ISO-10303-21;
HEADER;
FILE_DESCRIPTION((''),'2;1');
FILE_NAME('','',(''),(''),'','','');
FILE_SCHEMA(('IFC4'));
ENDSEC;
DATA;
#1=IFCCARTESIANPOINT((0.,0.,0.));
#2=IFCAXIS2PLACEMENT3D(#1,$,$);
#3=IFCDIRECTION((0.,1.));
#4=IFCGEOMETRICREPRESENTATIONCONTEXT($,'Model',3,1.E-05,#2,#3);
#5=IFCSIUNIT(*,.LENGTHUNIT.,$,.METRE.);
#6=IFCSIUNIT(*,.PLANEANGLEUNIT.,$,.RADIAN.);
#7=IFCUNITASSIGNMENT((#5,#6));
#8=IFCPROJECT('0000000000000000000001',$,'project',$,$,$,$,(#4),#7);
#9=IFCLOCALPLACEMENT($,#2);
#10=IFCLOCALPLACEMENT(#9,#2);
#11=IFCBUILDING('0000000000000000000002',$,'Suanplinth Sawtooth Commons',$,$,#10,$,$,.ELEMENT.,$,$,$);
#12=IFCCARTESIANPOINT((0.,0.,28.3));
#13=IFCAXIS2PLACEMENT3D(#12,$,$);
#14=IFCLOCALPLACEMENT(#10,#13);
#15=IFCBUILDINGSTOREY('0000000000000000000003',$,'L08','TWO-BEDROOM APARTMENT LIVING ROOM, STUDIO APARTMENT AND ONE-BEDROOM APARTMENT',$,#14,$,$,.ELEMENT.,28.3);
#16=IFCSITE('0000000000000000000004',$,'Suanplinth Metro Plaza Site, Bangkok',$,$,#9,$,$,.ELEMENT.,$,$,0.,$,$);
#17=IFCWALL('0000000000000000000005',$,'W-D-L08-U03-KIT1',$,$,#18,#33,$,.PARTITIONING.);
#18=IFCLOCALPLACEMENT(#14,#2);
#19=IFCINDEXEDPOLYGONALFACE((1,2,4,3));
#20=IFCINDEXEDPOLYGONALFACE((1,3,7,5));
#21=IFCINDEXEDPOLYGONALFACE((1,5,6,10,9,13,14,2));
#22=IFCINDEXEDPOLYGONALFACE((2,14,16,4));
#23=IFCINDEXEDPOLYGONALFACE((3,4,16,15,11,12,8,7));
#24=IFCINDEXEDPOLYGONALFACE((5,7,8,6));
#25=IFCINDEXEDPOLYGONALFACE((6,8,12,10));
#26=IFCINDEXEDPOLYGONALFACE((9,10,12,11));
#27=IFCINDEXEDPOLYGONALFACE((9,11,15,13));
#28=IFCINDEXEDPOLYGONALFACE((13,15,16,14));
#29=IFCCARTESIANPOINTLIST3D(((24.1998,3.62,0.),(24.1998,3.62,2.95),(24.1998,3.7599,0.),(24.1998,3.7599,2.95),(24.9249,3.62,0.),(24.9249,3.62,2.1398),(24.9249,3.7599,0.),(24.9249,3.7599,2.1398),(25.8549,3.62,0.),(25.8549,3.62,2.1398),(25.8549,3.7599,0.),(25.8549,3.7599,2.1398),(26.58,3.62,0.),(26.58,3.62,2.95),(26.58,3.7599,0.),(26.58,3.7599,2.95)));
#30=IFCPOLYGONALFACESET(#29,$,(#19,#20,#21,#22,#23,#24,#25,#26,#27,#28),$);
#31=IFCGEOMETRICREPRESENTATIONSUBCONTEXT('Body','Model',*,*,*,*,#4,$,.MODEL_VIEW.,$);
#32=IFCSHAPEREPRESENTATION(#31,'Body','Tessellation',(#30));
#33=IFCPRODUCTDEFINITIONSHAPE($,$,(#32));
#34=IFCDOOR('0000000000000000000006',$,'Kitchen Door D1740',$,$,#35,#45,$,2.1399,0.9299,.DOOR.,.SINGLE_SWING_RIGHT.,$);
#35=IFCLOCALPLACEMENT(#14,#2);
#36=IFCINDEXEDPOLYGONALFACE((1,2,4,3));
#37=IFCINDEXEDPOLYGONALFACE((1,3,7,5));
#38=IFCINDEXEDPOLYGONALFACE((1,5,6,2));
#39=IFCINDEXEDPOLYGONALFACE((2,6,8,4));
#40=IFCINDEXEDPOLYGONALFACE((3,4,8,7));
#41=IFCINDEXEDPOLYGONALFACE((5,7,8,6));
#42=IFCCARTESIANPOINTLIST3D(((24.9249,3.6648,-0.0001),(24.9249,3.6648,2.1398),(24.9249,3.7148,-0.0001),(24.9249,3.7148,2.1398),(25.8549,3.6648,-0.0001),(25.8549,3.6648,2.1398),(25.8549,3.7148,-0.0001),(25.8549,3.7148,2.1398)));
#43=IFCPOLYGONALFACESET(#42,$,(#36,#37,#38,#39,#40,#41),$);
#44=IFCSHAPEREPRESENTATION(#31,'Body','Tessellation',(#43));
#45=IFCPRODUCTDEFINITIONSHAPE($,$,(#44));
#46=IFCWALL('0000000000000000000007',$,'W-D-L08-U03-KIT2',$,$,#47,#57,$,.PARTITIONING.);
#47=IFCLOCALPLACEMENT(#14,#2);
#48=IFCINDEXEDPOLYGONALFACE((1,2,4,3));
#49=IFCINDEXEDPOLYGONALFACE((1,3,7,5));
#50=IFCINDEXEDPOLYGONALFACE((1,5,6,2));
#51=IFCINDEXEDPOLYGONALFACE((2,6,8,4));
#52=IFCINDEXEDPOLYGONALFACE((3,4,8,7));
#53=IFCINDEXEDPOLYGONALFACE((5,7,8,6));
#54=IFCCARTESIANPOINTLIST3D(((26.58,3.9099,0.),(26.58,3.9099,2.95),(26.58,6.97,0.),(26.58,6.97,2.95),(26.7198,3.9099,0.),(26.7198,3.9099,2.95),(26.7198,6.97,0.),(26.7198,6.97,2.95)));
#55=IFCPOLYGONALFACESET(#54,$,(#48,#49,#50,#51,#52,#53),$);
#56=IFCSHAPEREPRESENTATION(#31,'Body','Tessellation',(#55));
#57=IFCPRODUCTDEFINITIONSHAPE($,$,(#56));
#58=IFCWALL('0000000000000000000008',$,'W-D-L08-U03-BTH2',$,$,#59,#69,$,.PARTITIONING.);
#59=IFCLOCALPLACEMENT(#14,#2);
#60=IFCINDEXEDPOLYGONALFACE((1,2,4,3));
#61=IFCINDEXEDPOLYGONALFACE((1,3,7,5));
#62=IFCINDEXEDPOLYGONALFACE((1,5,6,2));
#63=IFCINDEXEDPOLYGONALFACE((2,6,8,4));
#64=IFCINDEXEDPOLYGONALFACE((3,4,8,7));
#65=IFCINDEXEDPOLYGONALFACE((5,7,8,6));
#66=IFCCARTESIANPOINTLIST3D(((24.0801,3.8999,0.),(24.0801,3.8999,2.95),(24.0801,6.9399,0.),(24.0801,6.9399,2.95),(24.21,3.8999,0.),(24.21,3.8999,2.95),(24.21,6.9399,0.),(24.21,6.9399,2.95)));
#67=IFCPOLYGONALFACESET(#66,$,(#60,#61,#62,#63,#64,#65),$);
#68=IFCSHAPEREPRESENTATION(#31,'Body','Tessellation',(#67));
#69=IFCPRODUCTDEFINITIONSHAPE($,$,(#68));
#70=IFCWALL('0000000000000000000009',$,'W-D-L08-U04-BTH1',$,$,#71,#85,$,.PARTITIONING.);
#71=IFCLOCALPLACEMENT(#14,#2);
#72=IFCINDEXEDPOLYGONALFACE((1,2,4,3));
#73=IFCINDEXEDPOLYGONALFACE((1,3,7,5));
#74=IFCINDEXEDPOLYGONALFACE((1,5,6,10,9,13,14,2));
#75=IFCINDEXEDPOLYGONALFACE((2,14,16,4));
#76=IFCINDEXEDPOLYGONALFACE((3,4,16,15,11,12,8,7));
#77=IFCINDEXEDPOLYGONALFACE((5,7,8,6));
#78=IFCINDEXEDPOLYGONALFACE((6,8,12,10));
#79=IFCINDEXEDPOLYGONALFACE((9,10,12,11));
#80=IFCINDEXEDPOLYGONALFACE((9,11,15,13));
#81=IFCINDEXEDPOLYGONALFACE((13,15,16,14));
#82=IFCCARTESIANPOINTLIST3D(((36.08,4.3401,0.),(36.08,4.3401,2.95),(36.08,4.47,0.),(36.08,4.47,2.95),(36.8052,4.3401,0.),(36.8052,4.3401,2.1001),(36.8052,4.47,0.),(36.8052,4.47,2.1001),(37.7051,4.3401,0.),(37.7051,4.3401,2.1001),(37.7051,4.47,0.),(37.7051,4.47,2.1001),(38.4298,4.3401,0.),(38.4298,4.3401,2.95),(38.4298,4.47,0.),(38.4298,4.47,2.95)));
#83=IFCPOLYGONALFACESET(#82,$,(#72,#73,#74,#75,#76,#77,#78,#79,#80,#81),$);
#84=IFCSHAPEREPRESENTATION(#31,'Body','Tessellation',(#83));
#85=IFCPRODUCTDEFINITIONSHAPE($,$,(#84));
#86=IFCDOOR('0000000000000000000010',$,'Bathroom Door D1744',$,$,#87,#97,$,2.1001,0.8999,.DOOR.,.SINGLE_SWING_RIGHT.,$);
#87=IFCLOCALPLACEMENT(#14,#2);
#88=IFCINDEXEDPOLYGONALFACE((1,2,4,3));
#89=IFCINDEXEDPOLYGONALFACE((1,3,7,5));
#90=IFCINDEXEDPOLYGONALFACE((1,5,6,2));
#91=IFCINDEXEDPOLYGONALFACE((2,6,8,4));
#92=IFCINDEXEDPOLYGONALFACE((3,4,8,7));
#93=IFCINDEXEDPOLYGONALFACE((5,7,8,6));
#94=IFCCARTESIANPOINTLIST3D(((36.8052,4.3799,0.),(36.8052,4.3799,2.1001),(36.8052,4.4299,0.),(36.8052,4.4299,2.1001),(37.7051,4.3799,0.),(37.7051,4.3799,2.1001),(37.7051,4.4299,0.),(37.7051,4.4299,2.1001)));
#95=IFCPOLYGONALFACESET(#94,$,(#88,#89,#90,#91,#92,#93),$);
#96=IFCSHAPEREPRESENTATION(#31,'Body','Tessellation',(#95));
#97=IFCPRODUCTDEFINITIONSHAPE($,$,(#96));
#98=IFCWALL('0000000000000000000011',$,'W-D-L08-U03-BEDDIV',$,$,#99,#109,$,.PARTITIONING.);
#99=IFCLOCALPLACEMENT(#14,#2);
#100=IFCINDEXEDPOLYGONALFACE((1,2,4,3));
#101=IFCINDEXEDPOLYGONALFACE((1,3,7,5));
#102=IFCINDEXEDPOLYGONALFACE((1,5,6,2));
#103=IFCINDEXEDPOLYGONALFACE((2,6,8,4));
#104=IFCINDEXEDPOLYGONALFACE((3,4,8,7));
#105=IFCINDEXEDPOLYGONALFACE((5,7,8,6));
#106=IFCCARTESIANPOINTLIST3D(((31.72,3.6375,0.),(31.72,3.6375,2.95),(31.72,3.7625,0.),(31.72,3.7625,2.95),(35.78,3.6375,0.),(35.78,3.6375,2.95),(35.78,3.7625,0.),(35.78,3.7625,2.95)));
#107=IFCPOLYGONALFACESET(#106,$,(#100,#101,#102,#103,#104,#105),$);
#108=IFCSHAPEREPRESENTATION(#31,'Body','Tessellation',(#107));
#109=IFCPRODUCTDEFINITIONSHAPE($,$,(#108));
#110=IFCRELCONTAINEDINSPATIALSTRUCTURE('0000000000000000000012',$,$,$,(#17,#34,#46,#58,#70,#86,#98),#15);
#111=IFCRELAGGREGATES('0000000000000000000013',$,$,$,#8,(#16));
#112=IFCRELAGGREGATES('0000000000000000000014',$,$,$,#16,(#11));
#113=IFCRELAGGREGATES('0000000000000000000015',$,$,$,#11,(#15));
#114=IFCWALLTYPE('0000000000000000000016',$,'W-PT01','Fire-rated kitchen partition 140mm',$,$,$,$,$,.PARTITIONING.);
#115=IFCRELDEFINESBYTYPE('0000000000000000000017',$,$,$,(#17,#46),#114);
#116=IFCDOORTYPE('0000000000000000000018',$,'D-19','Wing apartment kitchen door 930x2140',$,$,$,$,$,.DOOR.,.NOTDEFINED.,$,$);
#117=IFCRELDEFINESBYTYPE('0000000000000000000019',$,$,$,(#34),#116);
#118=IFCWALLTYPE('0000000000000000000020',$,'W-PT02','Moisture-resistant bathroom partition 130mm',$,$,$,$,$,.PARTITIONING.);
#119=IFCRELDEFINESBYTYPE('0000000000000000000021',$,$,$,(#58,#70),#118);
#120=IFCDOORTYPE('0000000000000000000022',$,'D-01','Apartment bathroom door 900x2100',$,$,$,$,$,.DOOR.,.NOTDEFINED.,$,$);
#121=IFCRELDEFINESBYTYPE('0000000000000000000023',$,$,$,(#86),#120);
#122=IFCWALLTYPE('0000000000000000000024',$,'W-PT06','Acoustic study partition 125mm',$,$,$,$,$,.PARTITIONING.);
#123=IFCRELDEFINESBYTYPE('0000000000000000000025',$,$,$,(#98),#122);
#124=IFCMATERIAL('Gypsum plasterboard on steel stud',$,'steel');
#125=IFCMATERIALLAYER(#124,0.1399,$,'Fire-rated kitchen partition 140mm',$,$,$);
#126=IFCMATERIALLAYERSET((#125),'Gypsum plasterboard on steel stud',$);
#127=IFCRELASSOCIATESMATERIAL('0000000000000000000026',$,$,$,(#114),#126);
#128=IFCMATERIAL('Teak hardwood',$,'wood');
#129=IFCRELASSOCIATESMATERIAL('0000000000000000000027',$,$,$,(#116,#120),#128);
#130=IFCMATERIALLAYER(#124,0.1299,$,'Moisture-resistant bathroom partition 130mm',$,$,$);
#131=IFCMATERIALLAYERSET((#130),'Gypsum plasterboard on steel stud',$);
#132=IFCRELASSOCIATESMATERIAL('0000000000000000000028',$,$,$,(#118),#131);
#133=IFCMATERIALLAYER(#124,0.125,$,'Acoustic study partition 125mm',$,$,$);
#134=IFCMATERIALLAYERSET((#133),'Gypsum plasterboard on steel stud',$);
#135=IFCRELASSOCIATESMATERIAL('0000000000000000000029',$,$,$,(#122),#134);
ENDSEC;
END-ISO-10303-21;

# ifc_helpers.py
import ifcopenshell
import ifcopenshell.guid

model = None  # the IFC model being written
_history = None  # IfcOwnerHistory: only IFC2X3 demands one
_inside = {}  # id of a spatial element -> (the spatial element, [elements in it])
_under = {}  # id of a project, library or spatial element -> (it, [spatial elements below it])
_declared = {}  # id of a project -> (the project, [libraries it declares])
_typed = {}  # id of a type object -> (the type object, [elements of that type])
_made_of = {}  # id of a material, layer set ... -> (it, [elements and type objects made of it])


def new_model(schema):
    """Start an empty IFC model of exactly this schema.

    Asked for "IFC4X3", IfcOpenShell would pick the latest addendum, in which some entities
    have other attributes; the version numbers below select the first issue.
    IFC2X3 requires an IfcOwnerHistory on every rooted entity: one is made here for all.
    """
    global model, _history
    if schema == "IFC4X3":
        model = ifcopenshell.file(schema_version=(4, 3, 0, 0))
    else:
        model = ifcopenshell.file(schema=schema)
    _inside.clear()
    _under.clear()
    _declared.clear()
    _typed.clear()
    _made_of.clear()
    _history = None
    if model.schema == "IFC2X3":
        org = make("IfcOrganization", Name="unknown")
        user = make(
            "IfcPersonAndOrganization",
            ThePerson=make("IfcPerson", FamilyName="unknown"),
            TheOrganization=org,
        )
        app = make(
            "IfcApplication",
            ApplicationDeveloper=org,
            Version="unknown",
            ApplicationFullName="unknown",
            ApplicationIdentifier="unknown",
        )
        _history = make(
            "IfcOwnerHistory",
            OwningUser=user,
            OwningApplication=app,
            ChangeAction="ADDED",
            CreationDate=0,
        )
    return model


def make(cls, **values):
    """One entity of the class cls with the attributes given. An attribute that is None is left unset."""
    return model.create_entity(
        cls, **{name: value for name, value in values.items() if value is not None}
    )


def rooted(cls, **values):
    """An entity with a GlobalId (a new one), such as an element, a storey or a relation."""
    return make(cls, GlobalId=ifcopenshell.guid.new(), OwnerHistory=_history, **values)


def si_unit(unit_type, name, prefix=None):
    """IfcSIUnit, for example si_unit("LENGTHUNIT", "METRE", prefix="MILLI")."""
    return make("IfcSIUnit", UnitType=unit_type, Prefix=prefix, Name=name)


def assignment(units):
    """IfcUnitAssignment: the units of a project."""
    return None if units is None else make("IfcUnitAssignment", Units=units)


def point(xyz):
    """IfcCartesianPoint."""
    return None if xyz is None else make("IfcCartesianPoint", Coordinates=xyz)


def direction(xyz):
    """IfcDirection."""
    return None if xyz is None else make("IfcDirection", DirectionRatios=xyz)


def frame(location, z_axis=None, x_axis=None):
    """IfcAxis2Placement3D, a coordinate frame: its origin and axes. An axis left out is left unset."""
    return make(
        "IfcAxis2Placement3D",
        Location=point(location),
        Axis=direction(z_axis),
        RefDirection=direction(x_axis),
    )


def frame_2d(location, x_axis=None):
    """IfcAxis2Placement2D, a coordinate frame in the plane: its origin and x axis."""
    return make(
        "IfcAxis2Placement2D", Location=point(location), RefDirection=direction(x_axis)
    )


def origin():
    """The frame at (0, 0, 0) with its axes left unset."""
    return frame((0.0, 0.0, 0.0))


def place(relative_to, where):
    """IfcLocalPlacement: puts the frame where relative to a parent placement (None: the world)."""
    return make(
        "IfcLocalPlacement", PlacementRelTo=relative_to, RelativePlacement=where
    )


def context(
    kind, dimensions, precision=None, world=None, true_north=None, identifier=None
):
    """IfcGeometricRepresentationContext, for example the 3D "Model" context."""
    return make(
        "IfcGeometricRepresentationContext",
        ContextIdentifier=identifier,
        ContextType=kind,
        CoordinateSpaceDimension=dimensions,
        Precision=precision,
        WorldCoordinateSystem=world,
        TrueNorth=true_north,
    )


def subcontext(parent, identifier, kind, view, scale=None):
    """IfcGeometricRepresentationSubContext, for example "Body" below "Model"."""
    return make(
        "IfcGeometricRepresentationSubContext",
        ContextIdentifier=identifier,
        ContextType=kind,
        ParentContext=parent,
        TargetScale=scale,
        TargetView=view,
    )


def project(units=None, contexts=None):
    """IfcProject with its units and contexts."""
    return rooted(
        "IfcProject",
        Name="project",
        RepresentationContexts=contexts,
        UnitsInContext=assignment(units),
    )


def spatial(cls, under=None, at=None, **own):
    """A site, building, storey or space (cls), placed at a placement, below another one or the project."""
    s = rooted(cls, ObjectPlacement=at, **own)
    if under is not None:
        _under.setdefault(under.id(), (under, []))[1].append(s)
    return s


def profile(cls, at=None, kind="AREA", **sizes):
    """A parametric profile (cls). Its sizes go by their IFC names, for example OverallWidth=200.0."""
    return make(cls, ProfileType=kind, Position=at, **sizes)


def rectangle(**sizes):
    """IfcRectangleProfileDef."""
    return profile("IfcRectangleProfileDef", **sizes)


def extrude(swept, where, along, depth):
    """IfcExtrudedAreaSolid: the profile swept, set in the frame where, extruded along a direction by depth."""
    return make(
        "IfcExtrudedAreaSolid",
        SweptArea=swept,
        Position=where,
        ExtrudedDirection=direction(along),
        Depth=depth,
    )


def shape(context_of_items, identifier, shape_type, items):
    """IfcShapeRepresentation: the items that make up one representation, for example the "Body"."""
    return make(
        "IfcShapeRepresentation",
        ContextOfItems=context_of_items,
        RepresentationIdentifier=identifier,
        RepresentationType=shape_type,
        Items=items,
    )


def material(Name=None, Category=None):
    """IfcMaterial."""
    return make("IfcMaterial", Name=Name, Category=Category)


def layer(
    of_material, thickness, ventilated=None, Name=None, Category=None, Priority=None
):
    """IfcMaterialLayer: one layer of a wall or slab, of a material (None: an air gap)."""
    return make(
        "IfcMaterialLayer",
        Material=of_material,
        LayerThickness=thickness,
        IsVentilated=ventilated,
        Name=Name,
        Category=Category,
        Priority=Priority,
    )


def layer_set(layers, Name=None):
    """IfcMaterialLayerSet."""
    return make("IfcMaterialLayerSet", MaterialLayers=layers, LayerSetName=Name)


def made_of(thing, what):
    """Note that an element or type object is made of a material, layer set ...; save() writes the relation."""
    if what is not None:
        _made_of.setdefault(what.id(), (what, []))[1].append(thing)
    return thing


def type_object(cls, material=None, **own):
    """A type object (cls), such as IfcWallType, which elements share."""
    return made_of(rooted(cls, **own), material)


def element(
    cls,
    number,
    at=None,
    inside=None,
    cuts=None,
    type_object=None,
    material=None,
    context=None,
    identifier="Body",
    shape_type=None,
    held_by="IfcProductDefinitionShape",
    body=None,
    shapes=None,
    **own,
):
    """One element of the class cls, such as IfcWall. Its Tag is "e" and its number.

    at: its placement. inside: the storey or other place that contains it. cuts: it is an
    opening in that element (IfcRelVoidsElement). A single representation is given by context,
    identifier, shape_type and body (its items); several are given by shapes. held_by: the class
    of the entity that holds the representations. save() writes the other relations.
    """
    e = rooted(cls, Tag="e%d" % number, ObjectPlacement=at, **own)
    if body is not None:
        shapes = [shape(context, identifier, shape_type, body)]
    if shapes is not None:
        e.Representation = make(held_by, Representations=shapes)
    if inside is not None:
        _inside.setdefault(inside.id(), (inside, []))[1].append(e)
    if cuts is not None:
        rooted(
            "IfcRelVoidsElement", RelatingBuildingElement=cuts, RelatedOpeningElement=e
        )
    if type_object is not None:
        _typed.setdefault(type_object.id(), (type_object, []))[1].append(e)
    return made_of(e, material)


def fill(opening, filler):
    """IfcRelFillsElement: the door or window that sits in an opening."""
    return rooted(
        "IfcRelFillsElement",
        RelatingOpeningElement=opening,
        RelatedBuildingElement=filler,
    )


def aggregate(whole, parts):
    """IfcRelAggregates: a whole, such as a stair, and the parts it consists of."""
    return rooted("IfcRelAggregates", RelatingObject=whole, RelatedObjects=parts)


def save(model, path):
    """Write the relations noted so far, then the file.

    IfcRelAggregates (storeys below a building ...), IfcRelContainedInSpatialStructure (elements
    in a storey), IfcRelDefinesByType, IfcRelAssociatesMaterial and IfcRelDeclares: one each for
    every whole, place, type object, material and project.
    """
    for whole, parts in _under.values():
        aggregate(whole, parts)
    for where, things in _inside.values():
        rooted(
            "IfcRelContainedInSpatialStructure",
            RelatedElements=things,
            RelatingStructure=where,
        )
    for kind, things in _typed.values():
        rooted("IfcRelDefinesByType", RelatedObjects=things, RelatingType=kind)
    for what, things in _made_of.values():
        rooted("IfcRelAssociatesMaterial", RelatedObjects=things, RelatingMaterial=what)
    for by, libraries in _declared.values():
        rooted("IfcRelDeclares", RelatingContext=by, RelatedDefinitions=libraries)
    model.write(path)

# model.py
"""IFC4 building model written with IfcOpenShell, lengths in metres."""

from ifc_helpers import new_model, si_unit, direction, frame, frame_2d, origin, place, context, subcontext, project, spatial, rectangle, extrude, material, layer, layer_set, type_object, element, fill, save


model = new_model("IFC4")

# Units and contexts
model_context = context("Model", 3, precision=1e-05, world=origin(), true_north=direction((0.0, 1.0)))
body_context = subcontext(model_context, "Body", "Model", "MODEL_VIEW")
ifc_project = project(units=[si_unit("LENGTHUNIT", "METRE"), si_unit("PLANEANGLEUNIT", "RADIAN")], contexts=[model_context])

# Site, building, storey
site_placement = place(None, origin())
site = spatial("IfcSite", under=ifc_project, at=site_placement, Name="Suanplinth Metro Plaza Site, Bangkok", CompositionType="ELEMENT", RefElevation=0.0)
building_placement = place(site_placement, origin())
building = spatial("IfcBuilding", under=site, at=building_placement, Name="Suanplinth Sawtooth Commons", CompositionType="ELEMENT")
storey_placement = place(building_placement, frame((0.0, 0.0, 28.3)))
storey = spatial("IfcBuildingStorey", under=building, at=storey_placement, Name="L08", Description="TWO-BEDROOM APARTMENT LIVING ROOM, STUDIO APARTMENT AND ONE-BEDROOM APARTMENT", CompositionType="ELEMENT", Elevation=28.3)

# Wall, opening, door
ifc_material_1 = material(Name="Gypsum plasterboard on steel stud", Category="steel")
ifc_layer_1 = layer(ifc_material_1, 0.1399, Name="Fire-rated kitchen partition 140mm")
ifc_layer_set_1 = layer_set([ifc_layer_1], Name="Gypsum plasterboard on steel stud")
wall_type_1 = type_object("IfcWallType", Name="W-PT01", Description="Fire-rated kitchen partition 140mm", PredefinedType="PARTITIONING", material=ifc_layer_set_1)
wall_1_placement = place(storey_placement, frame((24.2, 3.6899, 0.0), z_axis=(0.0, 0.0, 1.0), x_axis=(1.0, 0.0, 0.0)))
wall_1 = element("IfcWall", 1, at=wall_1_placement, inside=storey, type_object=wall_type_1, Name="W-D-L08-U03-KIT1", PredefinedType="PARTITIONING", context=body_context, shape_type="SweptSolid", body=[
    extrude(rectangle(XDim=2.3801, YDim=0.1399, at=frame_2d((1.1899, 0.0))), origin(), (0.0, 0.0, 1.0), 2.95),
])
opening_1_placement = place(wall_1_placement, frame((0.7251, 0.0, 0.0)))
opening_1 = element("IfcOpeningElement", 2, at=opening_1_placement, cuts=wall_1, PredefinedType="OPENING", context=body_context, shape_type="SweptSolid", body=[
    extrude(rectangle(XDim=0.9299, YDim=2.1399, at=frame_2d((0.4648, 1.0698))), frame((0.0, 0.085, 0.0), z_axis=(0.0, -1.0, 0.0), x_axis=(1.0, 0.0, 0.0)), (0.0, 0.0, 1.0), 0.1697),
])
ifc_material_2 = material(Name="Teak hardwood", Category="wood")
door_type_1 = type_object("IfcDoorType", Name="D-19", Description="Wing apartment kitchen door 930x2140", OperationType="NOTDEFINED", PredefinedType="DOOR", material=ifc_material_2)
door_1_placement = place(opening_1_placement, origin())
door_1 = element("IfcDoor", 3, at=door_1_placement, inside=storey, type_object=door_type_1, Name="Kitchen Door D1740", OperationType="SINGLE_SWING_RIGHT", OverallHeight=2.1399, OverallWidth=0.9299, PredefinedType="DOOR", context=body_context, shape_type="SweptSolid", body=[
    extrude(rectangle(XDim=0.9299, YDim=2.1399, at=frame_2d((0.4648, 1.0698))), frame((0.0, 0.0249, 0.0), z_axis=(0.0, -1.0, 0.0), x_axis=(1.0, 0.0, 0.0)), (0.0, 0.0, 1.0), 0.05),
])
fill(opening_1, door_1)

# Walls
wall_2_placement = place(storey_placement, frame((26.6499, 3.9099, 0.0), z_axis=(0.0, 0.0, 1.0), x_axis=(0.0, 1.0, 0.0)))
element("IfcWall", 4, at=wall_2_placement, inside=storey, type_object=wall_type_1, Name="W-D-L08-U03-KIT2", PredefinedType="PARTITIONING", context=body_context, shape_type="SweptSolid", body=[
    extrude(rectangle(XDim=3.0601, YDim=0.1399, at=frame_2d((1.53, 0.0))), origin(), (0.0, 0.0, 1.0), 2.95),
])
ifc_layer_2 = layer(ifc_material_1, 0.1299, Name="Moisture-resistant bathroom partition 130mm")
ifc_layer_set_2 = layer_set([ifc_layer_2], Name="Gypsum plasterboard on steel stud")
wall_type_2 = type_object("IfcWallType", Name="W-PT02", Description="Moisture-resistant bathroom partition 130mm", PredefinedType="PARTITIONING", material=ifc_layer_set_2)
wall_3_placement = place(storey_placement, frame((24.145, 3.8999, 0.0), z_axis=(0.0, 0.0, 1.0), x_axis=(0.0, 1.0, 0.0)))
element("IfcWall", 5, at=wall_3_placement, inside=storey, type_object=wall_type_2, Name="W-D-L08-U03-BTH2", PredefinedType="PARTITIONING", context=body_context, shape_type="SweptSolid", body=[
    extrude(rectangle(XDim=3.04, YDim=0.1299, at=frame_2d((1.52, 0.0))), origin(), (0.0, 0.0, 1.0), 2.95),
])

# Wall, opening, door
wall_4_placement = place(storey_placement, frame((36.0801, 4.405, 0.0), z_axis=(0.0, 0.0, 1.0), x_axis=(1.0, 0.0, 0.0)))
wall_4 = element("IfcWall", 6, at=wall_4_placement, inside=storey, type_object=wall_type_2, Name="W-D-L08-U04-BTH1", PredefinedType="PARTITIONING", context=body_context, shape_type="SweptSolid", body=[
    extrude(rectangle(XDim=2.3499, YDim=0.1299, at=frame_2d((1.1748, 0.0))), origin(), (0.0, 0.0, 1.0), 2.95),
])
opening_2_placement = place(wall_4_placement, frame((0.7251, 0.0, 0.0)))
opening_2 = element("IfcOpeningElement", 7, at=opening_2_placement, cuts=wall_4, PredefinedType="OPENING", context=body_context, shape_type="SweptSolid", body=[
    extrude(rectangle(XDim=0.8999, YDim=2.1001, at=frame_2d((0.45, 1.05))), frame((0.0, 0.0798, 0.0), z_axis=(0.0, -1.0, 0.0), x_axis=(1.0, 0.0, 0.0)), (0.0, 0.0, 1.0), 0.1597),
])
door_type_2 = type_object("IfcDoorType", Name="D-01", Description="Apartment bathroom door 900x2100", OperationType="NOTDEFINED", PredefinedType="DOOR", material=ifc_material_2)
door_2_placement = place(opening_2_placement, origin())
door_2 = element("IfcDoor", 8, at=door_2_placement, inside=storey, type_object=door_type_2, Name="Bathroom Door D1744", OperationType="SINGLE_SWING_RIGHT", OverallHeight=2.1001, OverallWidth=0.8999, PredefinedType="DOOR", context=body_context, shape_type="SweptSolid", body=[
    extrude(rectangle(XDim=0.8999, YDim=2.1001, at=frame_2d((0.45, 1.05))), frame((0.0, 0.0249, 0.0), z_axis=(0.0, -1.0, 0.0), x_axis=(1.0, 0.0, 0.0)), (0.0, 0.0, 1.0), 0.05),
])
fill(opening_2, door_2)

# Wall
ifc_layer_3 = layer(ifc_material_1, 0.125, Name="Acoustic study partition 125mm")
ifc_layer_set_3 = layer_set([ifc_layer_3], Name="Gypsum plasterboard on steel stud")
wall_type_3 = type_object("IfcWallType", Name="W-PT06", Description="Acoustic study partition 125mm", PredefinedType="PARTITIONING", material=ifc_layer_set_3)
wall_5_placement = place(storey_placement, frame((31.72, 3.7, 0.0), z_axis=(0.0, 0.0, 1.0), x_axis=(1.0, 0.0, 0.0)))
element("IfcWall", 9, at=wall_5_placement, inside=storey, type_object=wall_type_3, Name="W-D-L08-U03-BEDDIV", PredefinedType="PARTITIONING", context=body_context, shape_type="SweptSolid", body=[
    extrude(rectangle(XDim=4.0601, YDim=0.125, at=frame_2d((2.03, 0.0))), origin(), (0.0, 0.0, 1.0), 2.95),
])

save(model, "model.ifc")
